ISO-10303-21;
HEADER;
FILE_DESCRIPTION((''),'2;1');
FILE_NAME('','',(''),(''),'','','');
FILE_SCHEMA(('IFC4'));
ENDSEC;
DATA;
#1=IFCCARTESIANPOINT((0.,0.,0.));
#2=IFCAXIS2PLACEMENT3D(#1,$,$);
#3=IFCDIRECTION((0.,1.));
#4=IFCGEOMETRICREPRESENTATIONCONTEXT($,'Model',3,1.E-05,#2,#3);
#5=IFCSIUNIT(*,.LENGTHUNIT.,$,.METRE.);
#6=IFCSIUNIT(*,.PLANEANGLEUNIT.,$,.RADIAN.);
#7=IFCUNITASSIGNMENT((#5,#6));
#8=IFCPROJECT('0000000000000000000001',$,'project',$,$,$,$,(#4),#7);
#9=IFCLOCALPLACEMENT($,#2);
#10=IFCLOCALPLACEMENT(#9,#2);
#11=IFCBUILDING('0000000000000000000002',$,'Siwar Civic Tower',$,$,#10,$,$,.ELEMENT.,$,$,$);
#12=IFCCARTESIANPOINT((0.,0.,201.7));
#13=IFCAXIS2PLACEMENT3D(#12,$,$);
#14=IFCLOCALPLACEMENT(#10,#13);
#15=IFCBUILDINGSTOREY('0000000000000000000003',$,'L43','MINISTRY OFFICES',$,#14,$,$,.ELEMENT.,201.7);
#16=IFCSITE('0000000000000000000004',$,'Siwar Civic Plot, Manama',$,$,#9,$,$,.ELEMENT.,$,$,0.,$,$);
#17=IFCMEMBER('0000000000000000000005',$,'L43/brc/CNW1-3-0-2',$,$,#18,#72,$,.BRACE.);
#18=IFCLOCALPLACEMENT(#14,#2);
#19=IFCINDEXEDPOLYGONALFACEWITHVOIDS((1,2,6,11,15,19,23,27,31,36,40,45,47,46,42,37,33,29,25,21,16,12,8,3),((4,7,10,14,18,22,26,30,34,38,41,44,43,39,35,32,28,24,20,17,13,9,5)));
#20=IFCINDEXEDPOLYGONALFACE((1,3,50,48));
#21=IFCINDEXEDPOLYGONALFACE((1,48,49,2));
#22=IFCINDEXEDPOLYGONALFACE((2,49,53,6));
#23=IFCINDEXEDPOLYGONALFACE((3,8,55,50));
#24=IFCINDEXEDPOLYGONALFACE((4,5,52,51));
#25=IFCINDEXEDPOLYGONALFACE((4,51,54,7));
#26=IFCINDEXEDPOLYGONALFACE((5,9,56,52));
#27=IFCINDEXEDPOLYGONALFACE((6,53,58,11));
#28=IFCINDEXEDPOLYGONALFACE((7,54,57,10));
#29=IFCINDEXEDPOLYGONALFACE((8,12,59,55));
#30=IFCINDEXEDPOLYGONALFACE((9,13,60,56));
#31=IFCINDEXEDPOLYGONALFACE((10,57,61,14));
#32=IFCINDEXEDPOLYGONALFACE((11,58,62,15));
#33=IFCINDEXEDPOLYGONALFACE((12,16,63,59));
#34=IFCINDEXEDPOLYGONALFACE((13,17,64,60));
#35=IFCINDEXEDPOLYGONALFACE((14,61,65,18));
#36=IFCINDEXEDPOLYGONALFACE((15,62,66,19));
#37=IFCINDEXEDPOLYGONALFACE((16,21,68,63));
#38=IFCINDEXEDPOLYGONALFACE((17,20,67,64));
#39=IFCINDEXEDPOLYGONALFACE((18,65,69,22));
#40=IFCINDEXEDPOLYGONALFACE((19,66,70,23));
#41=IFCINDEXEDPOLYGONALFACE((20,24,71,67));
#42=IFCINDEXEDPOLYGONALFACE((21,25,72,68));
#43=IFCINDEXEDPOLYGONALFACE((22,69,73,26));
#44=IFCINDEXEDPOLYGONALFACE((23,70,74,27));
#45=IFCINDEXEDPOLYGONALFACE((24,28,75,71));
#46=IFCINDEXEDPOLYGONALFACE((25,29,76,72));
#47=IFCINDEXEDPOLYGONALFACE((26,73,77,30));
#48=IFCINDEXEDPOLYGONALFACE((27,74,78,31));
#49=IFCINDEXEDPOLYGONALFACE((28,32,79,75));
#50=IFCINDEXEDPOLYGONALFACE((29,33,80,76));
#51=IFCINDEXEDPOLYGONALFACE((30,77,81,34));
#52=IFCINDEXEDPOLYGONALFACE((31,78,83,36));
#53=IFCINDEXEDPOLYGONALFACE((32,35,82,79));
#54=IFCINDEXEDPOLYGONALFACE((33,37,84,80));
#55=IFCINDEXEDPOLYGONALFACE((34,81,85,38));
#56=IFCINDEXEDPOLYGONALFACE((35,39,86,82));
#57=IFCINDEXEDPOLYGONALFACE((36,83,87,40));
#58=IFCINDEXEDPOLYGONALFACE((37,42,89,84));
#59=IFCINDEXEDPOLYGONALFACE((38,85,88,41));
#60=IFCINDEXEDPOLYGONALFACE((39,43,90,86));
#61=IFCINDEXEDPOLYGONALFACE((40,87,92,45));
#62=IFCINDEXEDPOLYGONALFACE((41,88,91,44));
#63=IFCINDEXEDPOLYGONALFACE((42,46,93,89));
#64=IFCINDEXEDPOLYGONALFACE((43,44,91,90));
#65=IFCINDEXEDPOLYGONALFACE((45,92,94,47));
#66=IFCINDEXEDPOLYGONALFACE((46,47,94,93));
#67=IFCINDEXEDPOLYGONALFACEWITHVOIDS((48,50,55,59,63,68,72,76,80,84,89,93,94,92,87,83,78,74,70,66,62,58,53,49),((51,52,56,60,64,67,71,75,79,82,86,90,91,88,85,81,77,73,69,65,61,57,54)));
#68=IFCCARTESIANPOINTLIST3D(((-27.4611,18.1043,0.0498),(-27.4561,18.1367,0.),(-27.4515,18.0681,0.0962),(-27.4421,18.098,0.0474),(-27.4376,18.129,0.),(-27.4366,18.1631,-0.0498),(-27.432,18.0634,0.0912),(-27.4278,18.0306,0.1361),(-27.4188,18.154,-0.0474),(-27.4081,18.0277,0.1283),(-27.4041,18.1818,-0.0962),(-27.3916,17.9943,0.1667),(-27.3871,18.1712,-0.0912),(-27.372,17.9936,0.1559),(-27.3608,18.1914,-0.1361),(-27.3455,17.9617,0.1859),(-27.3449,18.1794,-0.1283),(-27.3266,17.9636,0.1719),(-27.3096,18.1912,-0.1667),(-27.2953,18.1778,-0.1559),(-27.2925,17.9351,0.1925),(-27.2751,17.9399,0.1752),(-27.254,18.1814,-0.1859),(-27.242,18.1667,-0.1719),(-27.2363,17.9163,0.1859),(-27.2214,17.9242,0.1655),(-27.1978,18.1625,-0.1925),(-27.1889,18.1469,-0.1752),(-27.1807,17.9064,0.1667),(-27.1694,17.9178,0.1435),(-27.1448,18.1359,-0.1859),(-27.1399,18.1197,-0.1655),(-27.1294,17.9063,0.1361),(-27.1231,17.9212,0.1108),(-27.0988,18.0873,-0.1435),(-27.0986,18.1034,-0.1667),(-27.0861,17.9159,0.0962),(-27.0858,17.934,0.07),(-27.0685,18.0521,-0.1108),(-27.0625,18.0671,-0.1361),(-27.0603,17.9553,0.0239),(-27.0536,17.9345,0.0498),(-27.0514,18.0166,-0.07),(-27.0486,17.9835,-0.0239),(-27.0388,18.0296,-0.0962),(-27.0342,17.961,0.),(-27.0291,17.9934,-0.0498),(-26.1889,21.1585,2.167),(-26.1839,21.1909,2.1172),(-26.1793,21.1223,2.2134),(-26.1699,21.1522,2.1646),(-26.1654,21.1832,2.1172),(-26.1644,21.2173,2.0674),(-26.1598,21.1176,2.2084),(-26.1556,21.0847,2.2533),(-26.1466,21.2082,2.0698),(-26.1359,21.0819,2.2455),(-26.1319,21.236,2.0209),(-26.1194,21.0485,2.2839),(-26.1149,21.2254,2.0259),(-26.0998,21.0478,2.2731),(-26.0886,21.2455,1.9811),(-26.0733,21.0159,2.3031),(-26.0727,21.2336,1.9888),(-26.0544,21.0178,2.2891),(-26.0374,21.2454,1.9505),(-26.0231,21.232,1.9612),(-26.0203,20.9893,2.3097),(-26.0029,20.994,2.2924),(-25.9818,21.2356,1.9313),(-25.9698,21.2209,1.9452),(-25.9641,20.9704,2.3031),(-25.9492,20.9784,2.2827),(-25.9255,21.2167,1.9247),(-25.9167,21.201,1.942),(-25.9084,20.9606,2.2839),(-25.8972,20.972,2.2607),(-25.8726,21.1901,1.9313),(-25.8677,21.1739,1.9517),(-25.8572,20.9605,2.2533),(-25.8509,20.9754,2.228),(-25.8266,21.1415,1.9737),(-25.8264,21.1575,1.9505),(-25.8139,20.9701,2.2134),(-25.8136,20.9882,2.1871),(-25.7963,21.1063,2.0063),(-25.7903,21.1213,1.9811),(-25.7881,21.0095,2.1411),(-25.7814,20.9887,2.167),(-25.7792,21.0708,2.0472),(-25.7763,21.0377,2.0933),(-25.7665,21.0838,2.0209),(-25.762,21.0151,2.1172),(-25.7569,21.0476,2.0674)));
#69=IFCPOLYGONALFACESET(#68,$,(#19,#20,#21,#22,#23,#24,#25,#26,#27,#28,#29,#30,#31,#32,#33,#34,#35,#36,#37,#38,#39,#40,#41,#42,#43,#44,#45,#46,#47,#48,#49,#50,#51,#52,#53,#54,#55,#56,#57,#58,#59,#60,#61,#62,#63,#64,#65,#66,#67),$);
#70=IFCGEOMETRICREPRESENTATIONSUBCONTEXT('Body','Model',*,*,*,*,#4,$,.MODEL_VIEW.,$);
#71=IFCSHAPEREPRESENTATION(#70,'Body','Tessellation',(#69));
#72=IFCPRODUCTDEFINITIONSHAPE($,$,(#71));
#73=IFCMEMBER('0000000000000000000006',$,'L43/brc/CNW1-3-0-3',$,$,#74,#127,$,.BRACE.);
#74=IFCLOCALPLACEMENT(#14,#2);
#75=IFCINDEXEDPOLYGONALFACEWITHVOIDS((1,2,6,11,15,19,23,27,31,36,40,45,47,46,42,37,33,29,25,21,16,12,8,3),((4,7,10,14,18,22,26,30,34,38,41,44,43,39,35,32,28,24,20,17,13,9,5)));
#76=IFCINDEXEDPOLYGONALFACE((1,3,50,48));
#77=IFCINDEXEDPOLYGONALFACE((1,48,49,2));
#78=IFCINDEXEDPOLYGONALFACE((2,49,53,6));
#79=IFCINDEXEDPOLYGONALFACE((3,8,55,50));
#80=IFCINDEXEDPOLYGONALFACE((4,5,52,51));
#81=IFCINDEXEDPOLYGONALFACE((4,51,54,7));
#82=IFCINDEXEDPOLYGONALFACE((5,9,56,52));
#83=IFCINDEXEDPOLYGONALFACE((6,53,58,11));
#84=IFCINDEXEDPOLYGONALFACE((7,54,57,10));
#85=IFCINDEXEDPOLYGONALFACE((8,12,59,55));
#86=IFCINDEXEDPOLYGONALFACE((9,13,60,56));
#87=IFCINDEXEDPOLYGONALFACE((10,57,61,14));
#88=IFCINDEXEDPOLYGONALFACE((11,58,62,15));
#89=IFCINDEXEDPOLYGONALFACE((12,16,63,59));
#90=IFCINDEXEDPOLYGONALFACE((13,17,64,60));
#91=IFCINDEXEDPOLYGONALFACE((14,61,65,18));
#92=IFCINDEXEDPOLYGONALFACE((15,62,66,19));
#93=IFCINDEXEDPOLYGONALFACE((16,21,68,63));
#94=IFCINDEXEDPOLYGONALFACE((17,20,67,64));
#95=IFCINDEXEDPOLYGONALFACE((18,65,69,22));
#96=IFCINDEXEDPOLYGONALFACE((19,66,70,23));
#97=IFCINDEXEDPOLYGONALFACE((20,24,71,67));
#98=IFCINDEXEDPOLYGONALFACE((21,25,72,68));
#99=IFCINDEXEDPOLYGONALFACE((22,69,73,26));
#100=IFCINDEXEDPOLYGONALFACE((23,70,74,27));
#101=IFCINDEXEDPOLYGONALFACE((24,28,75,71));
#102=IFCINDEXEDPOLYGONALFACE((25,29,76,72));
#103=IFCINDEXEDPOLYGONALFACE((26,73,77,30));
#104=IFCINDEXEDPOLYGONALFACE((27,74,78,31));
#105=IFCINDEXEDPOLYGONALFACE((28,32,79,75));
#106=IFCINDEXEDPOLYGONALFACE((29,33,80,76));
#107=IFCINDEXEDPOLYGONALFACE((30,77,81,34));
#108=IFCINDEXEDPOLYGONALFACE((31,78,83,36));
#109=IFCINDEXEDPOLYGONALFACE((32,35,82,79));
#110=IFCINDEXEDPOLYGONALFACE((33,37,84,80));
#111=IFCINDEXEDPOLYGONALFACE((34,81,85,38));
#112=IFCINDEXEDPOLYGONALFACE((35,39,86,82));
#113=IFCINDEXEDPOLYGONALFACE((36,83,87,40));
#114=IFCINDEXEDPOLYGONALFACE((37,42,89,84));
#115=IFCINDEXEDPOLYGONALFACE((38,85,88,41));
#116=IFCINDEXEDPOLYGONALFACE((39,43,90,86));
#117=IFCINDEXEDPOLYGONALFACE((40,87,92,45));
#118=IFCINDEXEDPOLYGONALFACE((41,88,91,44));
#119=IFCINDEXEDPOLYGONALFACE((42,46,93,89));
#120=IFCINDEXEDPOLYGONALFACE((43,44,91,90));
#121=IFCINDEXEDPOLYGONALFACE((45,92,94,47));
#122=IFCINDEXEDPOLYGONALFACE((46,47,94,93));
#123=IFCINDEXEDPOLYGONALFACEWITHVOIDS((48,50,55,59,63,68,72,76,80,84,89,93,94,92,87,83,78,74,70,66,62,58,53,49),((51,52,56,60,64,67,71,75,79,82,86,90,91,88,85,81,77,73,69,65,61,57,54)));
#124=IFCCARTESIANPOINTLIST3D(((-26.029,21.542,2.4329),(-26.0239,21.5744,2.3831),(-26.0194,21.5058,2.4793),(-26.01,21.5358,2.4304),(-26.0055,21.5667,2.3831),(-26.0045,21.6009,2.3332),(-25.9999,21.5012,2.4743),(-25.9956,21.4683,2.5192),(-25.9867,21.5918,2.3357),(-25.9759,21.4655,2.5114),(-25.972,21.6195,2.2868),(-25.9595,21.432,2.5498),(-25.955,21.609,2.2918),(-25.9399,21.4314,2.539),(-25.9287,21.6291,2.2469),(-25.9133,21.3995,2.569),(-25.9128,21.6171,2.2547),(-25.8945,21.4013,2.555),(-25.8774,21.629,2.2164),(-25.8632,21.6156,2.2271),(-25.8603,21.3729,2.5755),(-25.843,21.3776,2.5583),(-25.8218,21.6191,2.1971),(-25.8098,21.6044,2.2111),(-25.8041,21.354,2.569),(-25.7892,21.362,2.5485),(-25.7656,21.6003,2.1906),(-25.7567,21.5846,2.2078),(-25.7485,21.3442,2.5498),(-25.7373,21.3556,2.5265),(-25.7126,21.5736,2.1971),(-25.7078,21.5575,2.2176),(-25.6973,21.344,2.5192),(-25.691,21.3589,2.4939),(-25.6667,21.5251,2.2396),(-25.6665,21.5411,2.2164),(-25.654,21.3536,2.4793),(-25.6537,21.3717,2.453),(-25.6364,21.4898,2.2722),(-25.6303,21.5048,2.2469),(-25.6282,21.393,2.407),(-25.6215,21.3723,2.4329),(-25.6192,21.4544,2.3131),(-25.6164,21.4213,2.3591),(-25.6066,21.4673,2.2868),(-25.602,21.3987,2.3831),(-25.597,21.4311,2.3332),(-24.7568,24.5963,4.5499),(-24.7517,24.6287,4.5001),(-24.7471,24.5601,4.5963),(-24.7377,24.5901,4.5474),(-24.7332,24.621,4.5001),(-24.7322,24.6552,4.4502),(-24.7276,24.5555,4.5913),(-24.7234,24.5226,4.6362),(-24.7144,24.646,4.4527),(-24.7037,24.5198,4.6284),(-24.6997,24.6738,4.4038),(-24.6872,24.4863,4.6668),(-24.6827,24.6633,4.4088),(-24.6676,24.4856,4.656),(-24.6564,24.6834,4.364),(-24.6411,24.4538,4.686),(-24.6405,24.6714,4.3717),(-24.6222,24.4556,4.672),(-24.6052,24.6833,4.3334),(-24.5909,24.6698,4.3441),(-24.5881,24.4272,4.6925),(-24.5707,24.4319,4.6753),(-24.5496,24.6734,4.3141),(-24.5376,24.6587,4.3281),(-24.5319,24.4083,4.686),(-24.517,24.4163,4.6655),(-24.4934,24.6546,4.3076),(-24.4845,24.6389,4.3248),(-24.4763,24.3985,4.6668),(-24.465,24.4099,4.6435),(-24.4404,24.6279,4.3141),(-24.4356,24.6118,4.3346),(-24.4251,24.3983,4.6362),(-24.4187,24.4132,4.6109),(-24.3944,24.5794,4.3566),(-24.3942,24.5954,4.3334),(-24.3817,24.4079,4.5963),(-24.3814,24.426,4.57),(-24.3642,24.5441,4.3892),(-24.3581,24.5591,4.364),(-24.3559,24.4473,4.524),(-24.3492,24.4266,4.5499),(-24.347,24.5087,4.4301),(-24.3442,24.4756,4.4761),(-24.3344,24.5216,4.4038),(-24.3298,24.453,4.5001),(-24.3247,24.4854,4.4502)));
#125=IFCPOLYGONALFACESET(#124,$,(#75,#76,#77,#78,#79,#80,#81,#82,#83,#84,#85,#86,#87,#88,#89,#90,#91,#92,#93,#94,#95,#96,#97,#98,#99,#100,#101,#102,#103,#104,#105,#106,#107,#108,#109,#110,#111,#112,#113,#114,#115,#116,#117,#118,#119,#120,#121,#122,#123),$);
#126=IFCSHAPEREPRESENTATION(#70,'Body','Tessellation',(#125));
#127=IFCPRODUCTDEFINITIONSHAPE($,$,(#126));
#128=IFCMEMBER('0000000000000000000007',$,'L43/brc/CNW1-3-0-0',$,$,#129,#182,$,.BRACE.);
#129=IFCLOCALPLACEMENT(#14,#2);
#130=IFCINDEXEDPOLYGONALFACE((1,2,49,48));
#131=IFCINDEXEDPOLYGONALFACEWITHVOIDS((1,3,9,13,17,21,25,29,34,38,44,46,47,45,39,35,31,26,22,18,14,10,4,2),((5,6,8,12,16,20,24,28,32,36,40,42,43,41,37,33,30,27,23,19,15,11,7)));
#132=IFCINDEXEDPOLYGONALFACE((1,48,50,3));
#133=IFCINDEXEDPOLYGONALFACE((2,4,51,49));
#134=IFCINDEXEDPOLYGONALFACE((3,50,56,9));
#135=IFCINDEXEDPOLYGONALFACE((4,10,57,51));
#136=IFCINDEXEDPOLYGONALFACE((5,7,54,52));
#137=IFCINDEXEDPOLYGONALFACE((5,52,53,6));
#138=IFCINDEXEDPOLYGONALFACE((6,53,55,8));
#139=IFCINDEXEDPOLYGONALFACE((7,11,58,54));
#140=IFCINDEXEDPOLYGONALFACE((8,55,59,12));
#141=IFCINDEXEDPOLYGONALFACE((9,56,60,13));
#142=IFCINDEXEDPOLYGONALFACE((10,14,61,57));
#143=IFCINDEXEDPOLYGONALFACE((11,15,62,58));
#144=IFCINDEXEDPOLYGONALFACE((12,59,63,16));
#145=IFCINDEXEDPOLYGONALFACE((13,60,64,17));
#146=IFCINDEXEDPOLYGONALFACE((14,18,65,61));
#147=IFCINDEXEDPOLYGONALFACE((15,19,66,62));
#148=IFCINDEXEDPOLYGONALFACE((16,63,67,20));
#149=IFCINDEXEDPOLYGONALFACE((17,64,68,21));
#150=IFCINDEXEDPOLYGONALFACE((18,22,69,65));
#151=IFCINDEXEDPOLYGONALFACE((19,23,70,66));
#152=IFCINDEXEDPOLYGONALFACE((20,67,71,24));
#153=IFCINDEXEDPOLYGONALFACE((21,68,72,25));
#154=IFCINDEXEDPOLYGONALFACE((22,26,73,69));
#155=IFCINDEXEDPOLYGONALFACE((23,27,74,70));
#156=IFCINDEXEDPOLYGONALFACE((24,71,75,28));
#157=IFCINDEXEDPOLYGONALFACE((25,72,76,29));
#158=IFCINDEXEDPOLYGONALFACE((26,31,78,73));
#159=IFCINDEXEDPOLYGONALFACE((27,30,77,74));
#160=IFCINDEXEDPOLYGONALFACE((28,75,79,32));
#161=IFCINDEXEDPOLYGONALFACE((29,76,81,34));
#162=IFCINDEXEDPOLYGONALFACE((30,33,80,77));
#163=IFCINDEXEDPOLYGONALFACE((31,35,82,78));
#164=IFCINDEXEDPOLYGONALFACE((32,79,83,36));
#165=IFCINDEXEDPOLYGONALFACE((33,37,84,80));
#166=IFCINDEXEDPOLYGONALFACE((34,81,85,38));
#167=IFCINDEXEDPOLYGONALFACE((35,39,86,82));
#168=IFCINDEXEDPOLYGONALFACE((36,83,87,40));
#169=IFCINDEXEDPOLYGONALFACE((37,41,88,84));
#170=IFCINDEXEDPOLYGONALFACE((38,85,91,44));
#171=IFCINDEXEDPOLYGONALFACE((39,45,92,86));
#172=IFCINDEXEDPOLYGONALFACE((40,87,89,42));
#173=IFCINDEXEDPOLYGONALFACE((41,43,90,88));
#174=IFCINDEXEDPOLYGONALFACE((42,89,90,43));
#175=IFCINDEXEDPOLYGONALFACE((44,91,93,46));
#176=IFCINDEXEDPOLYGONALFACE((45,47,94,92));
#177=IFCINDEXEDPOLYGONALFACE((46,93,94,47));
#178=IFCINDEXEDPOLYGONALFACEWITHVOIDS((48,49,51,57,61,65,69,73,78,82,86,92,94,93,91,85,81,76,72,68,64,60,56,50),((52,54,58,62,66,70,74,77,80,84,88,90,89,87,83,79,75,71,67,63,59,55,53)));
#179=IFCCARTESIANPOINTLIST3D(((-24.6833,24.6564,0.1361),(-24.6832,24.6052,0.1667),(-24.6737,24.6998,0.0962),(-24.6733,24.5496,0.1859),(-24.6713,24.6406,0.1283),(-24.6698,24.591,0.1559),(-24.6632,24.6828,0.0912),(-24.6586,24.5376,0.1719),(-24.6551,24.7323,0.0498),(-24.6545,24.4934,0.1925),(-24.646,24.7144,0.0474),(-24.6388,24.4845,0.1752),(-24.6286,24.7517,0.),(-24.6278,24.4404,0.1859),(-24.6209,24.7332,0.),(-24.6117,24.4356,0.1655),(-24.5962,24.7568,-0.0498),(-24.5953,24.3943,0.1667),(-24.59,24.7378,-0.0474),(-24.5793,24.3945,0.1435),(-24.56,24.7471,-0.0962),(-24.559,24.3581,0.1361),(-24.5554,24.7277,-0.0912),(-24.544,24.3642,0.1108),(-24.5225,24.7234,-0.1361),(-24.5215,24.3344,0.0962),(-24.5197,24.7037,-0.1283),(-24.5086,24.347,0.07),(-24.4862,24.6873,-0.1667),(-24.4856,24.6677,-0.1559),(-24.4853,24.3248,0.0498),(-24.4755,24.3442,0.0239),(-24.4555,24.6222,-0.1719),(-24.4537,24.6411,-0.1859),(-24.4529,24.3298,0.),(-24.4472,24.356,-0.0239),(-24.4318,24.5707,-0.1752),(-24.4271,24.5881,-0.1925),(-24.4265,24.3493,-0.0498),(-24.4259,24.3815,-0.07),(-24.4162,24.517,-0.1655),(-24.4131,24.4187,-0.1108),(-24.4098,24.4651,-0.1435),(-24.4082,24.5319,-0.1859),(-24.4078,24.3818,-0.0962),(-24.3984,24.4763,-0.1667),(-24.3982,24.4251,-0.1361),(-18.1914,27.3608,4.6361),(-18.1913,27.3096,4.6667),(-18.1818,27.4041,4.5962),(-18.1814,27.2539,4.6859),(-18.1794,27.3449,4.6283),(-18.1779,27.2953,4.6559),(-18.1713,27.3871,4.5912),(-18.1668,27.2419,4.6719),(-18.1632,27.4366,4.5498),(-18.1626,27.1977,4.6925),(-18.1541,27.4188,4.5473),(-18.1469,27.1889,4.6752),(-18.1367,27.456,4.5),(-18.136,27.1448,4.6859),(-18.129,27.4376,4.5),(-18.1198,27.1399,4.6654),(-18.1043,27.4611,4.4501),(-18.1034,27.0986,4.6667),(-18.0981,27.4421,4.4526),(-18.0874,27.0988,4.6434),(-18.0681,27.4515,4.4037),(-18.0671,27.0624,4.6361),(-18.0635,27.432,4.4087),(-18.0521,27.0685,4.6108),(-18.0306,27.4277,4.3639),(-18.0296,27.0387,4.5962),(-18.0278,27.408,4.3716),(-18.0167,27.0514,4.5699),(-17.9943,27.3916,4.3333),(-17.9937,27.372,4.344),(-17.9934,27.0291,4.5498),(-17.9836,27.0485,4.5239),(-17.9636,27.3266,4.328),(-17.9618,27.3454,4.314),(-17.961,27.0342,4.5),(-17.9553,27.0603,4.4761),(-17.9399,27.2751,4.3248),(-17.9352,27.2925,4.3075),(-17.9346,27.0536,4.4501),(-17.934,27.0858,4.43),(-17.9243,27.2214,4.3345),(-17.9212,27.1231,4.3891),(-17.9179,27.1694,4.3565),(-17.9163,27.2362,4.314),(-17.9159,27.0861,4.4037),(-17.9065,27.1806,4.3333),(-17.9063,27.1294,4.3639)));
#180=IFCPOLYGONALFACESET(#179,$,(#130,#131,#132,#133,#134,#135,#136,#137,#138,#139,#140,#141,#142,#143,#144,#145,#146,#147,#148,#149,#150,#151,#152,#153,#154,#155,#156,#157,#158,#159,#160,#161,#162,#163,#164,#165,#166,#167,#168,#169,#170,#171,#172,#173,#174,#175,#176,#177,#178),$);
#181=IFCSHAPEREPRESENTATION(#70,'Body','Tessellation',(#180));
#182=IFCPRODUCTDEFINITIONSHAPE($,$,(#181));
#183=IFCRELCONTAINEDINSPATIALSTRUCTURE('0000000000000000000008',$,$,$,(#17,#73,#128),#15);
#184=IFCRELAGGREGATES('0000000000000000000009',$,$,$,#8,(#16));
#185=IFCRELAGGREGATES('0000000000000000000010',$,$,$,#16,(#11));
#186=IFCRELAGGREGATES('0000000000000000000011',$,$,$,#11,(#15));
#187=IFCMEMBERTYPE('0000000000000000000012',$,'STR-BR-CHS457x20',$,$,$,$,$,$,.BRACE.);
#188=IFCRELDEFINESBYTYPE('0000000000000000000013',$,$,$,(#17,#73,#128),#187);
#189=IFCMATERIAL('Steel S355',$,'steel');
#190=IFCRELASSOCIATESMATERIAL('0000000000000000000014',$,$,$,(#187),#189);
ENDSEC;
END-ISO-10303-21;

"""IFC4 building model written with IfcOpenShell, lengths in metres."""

from ifc_helpers import new_model, si_unit, direction, frame, origin, origin_2d, place, context, subcontext, project, spatial, hollow_circle, extrude, material, material_profile, profile_set, type_object, element, save


model = new_model("IFC4")

# Units and contexts
model_context = context("Model", 3, precision=1e-05, world=origin(), true_north=direction((0.0, 1.0)))
body_context = subcontext(model_context, "Body", "Model", "MODEL_VIEW")
ifc_project = project(units=[si_unit("LENGTHUNIT", "METRE"), si_unit("PLANEANGLEUNIT", "RADIAN")], contexts=[model_context])

# Site, building, storey
site_placement = place(None, origin())
site = spatial("IfcSite", under=ifc_project, at=site_placement, Name="Siwar Civic Plot, Manama", CompositionType="ELEMENT", RefElevation=0.0)
building_placement = place(site_placement, origin())
building = spatial("IfcBuilding", under=site, at=building_placement, Name="Siwar Civic Tower", CompositionType="ELEMENT")
storey_placement = place(building_placement, frame((0.0, 0.0, 201.7)))
storey = spatial("IfcBuildingStorey", under=building, at=storey_placement, Name="L43", Description="MINISTRY OFFICES", CompositionType="ELEMENT", Elevation=201.7)

# Members
ifc_material_1 = material(Name="Steel S355", Category="steel")
ifc_material_profile_1 = material_profile(ifc_material_1, hollow_circle(Radius=0.2285, WallThickness=0.02, at=origin_2d()), Name="CHS457x20")
ifc_profile_set_1 = profile_set([ifc_material_profile_1], Name="Steel S355")
member_type_1 = type_object("IfcMemberType", Name="STR-BR-CHS457x20", PredefinedType="BRACE", material=ifc_profile_set_1)
for number, where, z_axis, x_axis, name in (
    (1, (-27.2451, 18.0488, 0.0), (0.323884, 0.777546, 0.538999), (-0.923116, 0.384521, 0.0), "L43/brc/CNW1-3-0-2"),
    (2, (-25.813, 21.4866, 2.3831), (0.323895, 0.777572, 0.538955), (-0.923116, 0.384521, 0.0), "L43/brc/CNW1-3-0-3"),
):
    element("IfcMember", number, at=place(storey_placement, frame(where, z_axis=z_axis, x_axis=x_axis)), inside=storey, type_object=member_type_1, Name=name, PredefinedType="BRACE", context=body_context, shape_type="SweptSolid", body=[
        extrude(hollow_circle(Radius=0.2285, WallThickness=0.02, at=origin_2d()), origin(), (0.0, 0.0, 1.0), 3.928),
    ])
member_1_placement = place(storey_placement, frame((-24.5408, 24.5408, 0.0), z_axis=(0.777555, 0.323906, 0.538975), x_axis=(-0.384539, 0.923109, 0.0)))
element("IfcMember", 3, at=member_1_placement, inside=storey, type_object=member_type_1, Name="L43/brc/CNW1-3-0-0", PredefinedType="BRACE", context=body_context, shape_type="SweptSolid", body=[
    extrude(hollow_circle(Radius=0.2285, WallThickness=0.02, at=origin_2d()), origin(), (0.0, 0.0, 1.0), 8.3491),
])

save(model, "model.ifc")
